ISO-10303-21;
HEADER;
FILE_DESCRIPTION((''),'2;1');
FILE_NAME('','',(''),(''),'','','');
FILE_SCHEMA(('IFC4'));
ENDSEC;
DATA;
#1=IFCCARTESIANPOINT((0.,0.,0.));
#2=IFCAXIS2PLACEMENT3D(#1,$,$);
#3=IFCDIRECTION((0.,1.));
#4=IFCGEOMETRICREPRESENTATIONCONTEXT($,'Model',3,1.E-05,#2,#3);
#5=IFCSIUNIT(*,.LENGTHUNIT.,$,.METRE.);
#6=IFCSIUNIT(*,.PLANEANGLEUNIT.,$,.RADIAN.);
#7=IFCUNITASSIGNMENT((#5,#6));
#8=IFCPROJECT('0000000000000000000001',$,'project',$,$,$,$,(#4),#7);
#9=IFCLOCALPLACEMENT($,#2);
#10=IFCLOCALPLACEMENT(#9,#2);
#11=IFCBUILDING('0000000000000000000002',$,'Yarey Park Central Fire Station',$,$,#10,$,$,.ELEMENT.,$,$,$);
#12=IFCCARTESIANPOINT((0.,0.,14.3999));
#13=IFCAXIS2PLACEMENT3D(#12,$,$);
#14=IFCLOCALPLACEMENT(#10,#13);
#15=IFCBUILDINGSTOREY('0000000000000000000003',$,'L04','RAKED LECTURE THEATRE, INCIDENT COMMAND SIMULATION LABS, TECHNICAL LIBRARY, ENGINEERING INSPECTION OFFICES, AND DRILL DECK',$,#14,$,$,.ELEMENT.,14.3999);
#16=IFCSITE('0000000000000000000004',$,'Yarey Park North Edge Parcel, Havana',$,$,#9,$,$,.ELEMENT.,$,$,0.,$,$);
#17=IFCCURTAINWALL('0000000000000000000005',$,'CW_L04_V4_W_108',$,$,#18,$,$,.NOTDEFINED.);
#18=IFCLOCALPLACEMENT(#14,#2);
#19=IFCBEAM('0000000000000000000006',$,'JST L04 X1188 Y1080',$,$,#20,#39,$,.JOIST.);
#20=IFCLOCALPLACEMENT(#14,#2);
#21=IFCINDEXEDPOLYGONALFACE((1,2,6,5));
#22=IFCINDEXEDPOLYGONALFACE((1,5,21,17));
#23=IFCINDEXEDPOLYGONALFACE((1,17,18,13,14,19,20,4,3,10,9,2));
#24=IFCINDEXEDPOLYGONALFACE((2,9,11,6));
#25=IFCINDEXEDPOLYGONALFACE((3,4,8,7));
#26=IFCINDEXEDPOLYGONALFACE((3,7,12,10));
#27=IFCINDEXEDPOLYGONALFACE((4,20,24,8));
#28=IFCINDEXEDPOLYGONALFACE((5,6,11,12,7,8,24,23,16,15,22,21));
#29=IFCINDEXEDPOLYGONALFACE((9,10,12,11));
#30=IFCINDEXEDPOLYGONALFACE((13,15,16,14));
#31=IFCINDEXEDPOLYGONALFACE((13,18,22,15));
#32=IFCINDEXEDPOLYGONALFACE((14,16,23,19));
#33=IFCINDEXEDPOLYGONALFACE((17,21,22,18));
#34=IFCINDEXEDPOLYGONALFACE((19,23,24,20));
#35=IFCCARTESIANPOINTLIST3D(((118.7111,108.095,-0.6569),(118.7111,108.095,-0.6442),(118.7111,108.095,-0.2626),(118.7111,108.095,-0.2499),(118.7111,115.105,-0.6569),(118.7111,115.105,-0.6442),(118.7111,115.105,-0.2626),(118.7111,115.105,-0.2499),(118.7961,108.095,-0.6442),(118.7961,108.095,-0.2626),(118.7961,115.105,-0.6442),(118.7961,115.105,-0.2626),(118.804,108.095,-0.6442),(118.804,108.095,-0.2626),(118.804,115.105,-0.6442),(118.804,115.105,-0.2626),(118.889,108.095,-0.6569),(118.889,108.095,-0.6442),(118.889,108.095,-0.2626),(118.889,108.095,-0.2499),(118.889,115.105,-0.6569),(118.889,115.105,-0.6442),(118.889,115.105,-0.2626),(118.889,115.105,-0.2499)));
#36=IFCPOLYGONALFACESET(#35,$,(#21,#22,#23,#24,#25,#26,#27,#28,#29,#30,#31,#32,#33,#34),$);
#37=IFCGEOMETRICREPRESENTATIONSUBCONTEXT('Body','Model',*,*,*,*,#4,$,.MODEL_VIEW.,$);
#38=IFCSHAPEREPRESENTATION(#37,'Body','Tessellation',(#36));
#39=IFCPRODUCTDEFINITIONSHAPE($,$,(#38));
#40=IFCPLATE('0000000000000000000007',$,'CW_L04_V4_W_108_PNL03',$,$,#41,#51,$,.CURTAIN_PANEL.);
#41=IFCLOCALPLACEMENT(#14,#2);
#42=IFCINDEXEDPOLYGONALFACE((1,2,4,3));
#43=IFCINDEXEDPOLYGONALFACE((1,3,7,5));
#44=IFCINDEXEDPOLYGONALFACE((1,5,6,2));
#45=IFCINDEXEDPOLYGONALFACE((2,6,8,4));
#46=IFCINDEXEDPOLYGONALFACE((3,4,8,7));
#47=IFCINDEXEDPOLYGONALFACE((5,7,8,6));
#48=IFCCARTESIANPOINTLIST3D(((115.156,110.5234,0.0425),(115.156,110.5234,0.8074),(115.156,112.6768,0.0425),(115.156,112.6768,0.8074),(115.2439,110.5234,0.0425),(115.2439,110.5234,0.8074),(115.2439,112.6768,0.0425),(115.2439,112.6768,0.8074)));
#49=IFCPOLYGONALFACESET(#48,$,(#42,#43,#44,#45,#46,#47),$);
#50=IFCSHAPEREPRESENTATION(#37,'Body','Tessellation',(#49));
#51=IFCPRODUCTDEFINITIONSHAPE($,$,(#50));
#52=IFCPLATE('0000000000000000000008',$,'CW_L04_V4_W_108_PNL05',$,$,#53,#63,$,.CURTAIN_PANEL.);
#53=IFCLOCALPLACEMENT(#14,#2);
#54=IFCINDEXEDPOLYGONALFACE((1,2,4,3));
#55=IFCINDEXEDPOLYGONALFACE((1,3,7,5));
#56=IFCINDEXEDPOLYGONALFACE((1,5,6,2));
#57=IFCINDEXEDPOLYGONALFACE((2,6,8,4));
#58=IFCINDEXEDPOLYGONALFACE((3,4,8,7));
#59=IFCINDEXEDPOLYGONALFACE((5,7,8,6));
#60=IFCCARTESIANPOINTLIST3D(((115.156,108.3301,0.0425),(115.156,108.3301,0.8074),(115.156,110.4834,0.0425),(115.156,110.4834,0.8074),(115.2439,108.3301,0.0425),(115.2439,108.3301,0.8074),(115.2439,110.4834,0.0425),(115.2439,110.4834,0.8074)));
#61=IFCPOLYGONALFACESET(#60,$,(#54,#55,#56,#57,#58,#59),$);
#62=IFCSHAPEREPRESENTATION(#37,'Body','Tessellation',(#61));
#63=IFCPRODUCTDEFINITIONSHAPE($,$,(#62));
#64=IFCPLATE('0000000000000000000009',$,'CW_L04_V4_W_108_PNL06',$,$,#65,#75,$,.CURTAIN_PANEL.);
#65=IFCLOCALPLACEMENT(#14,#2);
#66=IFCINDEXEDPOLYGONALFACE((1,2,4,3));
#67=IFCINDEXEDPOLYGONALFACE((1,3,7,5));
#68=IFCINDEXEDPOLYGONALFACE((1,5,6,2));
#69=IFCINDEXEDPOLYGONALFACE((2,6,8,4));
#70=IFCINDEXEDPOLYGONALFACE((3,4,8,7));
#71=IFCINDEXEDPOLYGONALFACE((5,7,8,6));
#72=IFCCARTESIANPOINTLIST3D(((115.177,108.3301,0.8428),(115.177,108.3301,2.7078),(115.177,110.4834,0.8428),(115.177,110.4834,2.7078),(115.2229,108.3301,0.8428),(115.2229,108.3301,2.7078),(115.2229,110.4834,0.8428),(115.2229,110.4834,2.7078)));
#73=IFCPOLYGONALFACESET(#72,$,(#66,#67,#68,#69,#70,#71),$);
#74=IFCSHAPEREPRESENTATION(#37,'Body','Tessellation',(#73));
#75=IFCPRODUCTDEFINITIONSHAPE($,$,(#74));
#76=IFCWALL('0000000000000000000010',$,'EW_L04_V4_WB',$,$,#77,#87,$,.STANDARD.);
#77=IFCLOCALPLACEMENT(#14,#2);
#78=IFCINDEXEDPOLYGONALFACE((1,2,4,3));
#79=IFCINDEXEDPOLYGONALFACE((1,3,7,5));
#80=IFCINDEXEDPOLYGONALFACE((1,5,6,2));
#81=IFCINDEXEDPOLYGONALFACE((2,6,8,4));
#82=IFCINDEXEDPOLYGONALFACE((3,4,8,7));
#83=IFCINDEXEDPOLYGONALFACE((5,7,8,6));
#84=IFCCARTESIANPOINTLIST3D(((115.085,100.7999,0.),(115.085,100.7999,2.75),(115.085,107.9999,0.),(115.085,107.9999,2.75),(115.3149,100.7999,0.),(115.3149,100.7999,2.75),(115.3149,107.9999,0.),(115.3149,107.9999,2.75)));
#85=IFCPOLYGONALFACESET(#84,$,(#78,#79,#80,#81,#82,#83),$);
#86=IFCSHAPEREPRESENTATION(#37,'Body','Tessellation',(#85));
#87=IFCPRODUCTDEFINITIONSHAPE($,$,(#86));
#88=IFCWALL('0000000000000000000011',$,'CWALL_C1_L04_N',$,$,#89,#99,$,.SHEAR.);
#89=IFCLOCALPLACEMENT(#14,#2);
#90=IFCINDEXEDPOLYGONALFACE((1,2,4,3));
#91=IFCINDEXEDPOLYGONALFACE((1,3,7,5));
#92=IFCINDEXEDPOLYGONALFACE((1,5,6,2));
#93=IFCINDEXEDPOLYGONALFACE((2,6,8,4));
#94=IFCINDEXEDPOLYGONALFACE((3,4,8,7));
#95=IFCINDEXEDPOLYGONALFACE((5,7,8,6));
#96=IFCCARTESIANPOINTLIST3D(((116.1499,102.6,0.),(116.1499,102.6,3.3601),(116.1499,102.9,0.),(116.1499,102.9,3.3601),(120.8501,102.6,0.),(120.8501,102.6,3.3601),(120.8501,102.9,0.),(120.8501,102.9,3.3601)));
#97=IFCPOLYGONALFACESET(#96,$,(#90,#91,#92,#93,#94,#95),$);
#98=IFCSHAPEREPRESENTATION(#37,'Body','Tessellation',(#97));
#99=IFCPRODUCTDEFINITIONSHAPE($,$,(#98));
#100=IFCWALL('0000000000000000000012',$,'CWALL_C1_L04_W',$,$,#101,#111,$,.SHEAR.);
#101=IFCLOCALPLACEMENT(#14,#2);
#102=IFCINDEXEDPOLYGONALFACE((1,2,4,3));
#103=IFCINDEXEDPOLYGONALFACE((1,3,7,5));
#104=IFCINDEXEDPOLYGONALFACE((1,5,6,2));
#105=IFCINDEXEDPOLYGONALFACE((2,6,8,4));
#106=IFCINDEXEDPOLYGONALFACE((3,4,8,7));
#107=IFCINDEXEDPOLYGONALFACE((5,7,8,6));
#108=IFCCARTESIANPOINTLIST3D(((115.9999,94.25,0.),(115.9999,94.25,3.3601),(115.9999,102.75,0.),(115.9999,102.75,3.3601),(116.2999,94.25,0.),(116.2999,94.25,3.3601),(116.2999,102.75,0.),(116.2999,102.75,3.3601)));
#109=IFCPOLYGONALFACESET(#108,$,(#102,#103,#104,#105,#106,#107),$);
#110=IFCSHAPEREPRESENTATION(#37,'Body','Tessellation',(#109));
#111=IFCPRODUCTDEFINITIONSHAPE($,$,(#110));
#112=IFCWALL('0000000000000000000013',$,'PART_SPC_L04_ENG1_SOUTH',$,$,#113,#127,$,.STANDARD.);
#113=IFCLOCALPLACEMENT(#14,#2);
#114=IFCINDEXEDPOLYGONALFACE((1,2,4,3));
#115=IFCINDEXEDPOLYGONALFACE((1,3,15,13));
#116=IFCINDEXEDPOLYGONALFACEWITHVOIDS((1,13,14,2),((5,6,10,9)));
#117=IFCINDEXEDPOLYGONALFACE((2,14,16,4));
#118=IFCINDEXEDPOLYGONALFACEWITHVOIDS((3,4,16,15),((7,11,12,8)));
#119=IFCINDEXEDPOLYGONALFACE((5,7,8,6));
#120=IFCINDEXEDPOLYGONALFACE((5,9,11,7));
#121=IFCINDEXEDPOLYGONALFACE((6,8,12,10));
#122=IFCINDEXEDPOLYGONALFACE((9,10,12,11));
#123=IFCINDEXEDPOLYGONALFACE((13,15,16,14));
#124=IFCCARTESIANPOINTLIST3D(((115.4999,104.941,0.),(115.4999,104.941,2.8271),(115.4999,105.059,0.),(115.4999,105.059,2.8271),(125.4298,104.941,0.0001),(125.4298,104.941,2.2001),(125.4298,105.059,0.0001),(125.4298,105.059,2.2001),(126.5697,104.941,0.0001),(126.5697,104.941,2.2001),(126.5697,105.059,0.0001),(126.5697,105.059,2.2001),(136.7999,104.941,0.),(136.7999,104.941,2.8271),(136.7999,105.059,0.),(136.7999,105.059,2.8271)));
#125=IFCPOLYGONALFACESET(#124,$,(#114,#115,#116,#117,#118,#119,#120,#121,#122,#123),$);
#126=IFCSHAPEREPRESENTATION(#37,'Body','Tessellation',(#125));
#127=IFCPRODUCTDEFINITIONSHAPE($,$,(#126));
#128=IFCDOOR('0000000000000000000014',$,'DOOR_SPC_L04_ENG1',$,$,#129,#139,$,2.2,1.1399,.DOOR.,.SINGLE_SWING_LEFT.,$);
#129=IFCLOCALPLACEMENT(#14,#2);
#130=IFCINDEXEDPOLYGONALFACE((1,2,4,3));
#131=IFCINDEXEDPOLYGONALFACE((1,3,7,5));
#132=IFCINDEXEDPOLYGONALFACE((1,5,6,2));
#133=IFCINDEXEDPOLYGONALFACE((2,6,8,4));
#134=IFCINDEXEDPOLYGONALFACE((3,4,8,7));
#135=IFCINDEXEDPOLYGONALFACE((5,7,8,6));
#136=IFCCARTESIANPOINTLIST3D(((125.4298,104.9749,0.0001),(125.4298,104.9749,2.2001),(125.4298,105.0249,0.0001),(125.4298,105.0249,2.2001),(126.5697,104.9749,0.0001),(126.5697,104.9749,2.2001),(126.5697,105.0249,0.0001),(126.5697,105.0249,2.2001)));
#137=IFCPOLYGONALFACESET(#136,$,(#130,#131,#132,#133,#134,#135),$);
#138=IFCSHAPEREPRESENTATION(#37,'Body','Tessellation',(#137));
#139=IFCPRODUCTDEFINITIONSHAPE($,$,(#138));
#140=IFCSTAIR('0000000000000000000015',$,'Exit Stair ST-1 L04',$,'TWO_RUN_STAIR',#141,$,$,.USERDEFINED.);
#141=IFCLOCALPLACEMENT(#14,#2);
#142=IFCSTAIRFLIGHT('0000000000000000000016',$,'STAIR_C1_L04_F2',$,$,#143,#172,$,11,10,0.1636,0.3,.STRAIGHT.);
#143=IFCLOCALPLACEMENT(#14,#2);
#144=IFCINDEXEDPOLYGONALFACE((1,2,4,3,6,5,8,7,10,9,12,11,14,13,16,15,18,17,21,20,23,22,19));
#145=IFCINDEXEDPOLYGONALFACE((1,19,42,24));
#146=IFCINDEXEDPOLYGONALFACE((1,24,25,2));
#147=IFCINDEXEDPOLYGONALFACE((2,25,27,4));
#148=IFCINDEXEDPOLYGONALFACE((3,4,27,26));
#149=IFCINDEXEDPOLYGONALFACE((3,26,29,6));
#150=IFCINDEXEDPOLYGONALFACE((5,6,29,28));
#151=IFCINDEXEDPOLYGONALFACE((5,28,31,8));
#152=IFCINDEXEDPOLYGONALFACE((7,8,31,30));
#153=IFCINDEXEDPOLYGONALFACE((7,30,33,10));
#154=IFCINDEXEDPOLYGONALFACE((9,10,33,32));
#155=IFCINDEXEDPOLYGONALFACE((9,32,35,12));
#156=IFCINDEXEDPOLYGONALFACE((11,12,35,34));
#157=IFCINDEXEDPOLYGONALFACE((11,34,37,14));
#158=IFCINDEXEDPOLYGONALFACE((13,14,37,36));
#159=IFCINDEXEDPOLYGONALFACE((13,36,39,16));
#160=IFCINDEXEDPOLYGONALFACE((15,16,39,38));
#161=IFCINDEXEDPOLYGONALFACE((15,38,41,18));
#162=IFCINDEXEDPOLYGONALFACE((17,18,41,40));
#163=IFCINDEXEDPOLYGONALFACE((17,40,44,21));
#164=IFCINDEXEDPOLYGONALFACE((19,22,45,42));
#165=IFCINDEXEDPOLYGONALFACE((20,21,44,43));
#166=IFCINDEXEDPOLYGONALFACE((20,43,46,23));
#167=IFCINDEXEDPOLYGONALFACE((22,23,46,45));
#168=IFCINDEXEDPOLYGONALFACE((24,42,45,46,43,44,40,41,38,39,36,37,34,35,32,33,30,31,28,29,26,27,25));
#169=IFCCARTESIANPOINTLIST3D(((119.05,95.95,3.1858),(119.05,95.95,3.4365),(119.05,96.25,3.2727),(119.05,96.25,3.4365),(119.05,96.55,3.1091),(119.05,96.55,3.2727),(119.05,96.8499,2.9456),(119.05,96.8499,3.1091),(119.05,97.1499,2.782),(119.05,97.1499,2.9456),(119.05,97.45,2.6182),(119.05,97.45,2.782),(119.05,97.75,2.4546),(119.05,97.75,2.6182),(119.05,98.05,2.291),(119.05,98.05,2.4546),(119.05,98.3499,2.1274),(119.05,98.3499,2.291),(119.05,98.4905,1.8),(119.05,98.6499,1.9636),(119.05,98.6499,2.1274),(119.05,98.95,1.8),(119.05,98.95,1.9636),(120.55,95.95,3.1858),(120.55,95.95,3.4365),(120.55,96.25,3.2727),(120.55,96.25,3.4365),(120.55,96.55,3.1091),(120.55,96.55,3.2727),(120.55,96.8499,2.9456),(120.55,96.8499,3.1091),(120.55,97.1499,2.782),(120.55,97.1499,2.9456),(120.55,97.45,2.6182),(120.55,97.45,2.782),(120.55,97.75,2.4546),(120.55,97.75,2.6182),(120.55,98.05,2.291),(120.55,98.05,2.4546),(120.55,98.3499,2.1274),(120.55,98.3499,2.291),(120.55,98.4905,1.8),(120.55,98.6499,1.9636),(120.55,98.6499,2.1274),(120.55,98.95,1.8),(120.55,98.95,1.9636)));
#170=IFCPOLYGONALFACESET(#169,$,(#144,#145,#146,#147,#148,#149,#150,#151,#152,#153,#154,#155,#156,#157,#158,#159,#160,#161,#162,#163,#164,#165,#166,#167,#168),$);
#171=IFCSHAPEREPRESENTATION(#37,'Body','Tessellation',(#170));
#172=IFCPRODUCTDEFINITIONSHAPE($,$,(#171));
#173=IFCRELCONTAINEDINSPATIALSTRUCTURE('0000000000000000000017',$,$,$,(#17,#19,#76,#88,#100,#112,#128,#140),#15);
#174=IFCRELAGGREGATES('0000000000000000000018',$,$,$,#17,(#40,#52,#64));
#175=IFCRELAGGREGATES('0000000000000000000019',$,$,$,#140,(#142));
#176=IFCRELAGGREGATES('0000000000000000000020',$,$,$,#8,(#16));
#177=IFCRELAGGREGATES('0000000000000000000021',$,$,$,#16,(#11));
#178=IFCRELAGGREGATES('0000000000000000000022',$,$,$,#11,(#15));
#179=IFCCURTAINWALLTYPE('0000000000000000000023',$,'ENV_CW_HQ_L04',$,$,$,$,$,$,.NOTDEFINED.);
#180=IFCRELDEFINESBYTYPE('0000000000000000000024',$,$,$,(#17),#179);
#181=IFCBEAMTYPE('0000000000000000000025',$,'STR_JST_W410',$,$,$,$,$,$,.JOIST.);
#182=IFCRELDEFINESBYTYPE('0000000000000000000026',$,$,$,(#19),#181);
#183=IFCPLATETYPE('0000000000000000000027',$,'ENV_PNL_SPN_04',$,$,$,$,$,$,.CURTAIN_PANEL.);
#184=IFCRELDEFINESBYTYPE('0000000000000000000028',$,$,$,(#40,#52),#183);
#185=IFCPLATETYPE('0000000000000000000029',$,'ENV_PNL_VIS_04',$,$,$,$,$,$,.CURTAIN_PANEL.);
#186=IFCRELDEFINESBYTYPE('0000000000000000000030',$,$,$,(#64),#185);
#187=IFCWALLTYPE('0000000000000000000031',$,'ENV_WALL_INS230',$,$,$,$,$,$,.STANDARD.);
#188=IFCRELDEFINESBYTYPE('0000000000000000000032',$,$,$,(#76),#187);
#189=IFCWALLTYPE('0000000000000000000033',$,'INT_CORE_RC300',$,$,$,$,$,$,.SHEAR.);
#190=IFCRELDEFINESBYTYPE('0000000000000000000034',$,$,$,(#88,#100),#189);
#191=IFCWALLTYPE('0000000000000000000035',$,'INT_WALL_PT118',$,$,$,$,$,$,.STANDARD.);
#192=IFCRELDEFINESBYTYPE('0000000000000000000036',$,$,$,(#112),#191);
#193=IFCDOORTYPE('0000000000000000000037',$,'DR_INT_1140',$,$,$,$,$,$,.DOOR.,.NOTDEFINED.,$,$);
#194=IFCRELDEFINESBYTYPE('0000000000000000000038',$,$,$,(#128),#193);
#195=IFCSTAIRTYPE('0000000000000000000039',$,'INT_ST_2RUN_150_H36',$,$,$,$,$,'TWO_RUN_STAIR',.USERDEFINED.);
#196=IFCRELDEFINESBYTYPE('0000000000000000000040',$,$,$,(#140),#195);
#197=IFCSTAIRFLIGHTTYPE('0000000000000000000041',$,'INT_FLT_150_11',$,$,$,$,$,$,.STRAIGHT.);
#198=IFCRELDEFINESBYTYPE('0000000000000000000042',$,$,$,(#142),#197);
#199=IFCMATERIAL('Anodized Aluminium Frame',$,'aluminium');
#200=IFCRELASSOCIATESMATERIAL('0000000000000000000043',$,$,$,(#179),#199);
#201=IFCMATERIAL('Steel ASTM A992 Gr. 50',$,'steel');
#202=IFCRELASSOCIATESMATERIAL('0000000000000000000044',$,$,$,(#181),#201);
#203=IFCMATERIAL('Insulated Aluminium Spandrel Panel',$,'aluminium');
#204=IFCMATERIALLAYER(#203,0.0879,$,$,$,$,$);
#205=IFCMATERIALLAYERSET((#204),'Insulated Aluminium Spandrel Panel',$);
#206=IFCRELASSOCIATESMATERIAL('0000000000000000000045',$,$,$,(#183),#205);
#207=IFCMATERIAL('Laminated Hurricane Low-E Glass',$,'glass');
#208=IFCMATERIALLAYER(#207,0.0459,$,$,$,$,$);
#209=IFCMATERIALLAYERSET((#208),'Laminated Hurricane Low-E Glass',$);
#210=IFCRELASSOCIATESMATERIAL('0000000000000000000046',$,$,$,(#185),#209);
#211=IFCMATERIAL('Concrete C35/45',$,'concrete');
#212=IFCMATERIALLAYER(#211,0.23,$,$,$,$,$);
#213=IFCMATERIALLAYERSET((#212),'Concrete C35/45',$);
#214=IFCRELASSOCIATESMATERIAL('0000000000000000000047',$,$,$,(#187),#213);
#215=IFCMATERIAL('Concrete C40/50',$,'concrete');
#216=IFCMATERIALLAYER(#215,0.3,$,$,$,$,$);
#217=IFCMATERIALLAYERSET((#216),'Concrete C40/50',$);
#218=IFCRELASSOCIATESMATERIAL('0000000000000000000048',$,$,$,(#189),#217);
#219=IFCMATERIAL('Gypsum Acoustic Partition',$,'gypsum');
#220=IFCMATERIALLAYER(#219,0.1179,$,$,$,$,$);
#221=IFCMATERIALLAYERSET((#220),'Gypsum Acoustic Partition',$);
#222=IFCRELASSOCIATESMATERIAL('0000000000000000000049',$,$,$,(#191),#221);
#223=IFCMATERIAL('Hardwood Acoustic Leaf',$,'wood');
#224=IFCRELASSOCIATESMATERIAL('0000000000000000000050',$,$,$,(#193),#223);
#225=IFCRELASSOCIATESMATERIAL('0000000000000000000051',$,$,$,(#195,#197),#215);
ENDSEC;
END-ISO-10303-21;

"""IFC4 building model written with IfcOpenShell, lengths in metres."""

from ifc_helpers import new_model, si_unit, direction, frame, frame_2d, origin, origin_2d, place, context, subcontext, project, spatial, polyline, rectangle, i_section, outline, extrude, material, layer, layer_set, material_profile, profile_set, type_object, element, fill, aggregate, save


model = new_model("IFC4")

# Units and contexts
model_context = context("Model", 3, precision=1e-05, world=origin(), true_north=direction((0.0, 1.0)))
body_context = subcontext(model_context, "Body", "Model", "MODEL_VIEW")
ifc_project = project(units=[si_unit("LENGTHUNIT", "METRE"), si_unit("PLANEANGLEUNIT", "RADIAN")], contexts=[model_context])

# Site, building, storey
site_placement = place(None, origin())
site = spatial("IfcSite", under=ifc_project, at=site_placement, Name="Yarey Park North Edge Parcel, Havana", CompositionType="ELEMENT", RefElevation=0.0)
building_placement = place(site_placement, origin())
building = spatial("IfcBuilding", under=site, at=building_placement, Name="Yarey Park Central Fire Station", CompositionType="ELEMENT")
storey_placement = place(building_placement, frame((0.0, 0.0, 14.3999)))
storey = spatial("IfcBuildingStorey", under=building, at=storey_placement, Name="L04", Description="RAKED LECTURE THEATRE, INCIDENT COMMAND SIMULATION LABS, TECHNICAL LIBRARY, ENGINEERING INSPECTION OFFICES, AND DRILL DECK", CompositionType="ELEMENT", Elevation=14.3999)

# Shared definitions
ifc_material_1 = material(Name="Concrete C40/50", Category="concrete")

# Curtain wall
ifc_material_2 = material(Name="Anodized Aluminium Frame", Category="aluminium")
curtain_wall_type = type_object("IfcCurtainWallType", Name="ENV_CW_HQ_L04", PredefinedType="NOTDEFINED", material=ifc_material_2)
curtain_wall_placement = place(storey_placement, origin())
curtain_wall = element("IfcCurtainWall", 1, at=curtain_wall_placement, inside=storey, type_object=curtain_wall_type, Name="CW_L04_V4_W_108", PredefinedType="NOTDEFINED")

# Shared definitions
ifc_material_3 = material(Name="Steel ASTM A992 Gr. 50", Category="steel")

# Beam
ifc_material_profile_1 = material_profile(ifc_material_3, i_section(OverallWidth=0.178, OverallDepth=0.407, WebThickness=0.0078, FlangeThickness=0.0127, at=origin_2d()), Name="W410x60")
ifc_profile_set_1 = profile_set([ifc_material_profile_1], Name="Steel ASTM A992 Gr. 50")
beam_type_1 = type_object("IfcBeamType", Name="STR_JST_W410", PredefinedType="JOIST", material=ifc_profile_set_1)
beam_1_placement = place(storey_placement, frame((118.8, 108.095, -0.4534), z_axis=(0.0, 1.0, 0.0), x_axis=(-1.0, 0.0, 0.0)))
element("IfcBeam", 2, at=beam_1_placement, inside=storey, type_object=beam_type_1, Name="JST L04 X1188 Y1080", PredefinedType="JOIST", context=body_context, shape_type="SweptSolid", body=[
    extrude(i_section(OverallWidth=0.178, OverallDepth=0.407, WebThickness=0.0078, FlangeThickness=0.0127, at=origin_2d()), origin(), (0.0, 0.0, 1.0), 7.01),
])

# Plates
ifc_material_4 = material(Name="Insulated Aluminium Spandrel Panel", Category="aluminium")
ifc_layer_1 = layer(ifc_material_4, 0.0879)
ifc_layer_set_1 = layer_set([ifc_layer_1], Name="Insulated Aluminium Spandrel Panel")
plate_type_1 = type_object("IfcPlateType", Name="ENV_PNL_SPN_04", PredefinedType="CURTAIN_PANEL", material=ifc_layer_set_1)
plate_1_placement = place(storey_placement, frame((115.2, 111.6001, 0.0425), z_axis=(0.0, 0.0, 1.0), x_axis=(0.0, -1.0, 0.0)))
plate_1 = element("IfcPlate", 3, at=plate_1_placement, type_object=plate_type_1, Name="CW_L04_V4_W_108_PNL03", PredefinedType="CURTAIN_PANEL", context=body_context, shape_type="SweptSolid", body=[
    extrude(rectangle(XDim=2.1533, YDim=0.0879, at=origin_2d()), origin(), (0.0, 0.0, 1.0), 0.7649),
])
plate_2_placement = place(storey_placement, frame((115.2, 109.4067, 0.0425), z_axis=(0.0, 0.0, 1.0), x_axis=(0.0, -1.0, 0.0)))
plate_2 = element("IfcPlate", 4, at=plate_2_placement, type_object=plate_type_1, Name="CW_L04_V4_W_108_PNL05", PredefinedType="CURTAIN_PANEL", context=body_context, shape_type="SweptSolid", body=[
    extrude(rectangle(XDim=2.1533, YDim=0.0879, at=origin_2d()), origin(), (0.0, 0.0, 1.0), 0.7649),
])
ifc_material_5 = material(Name="Laminated Hurricane Low-E Glass", Category="glass")
ifc_layer_2 = layer(ifc_material_5, 0.0459)
ifc_layer_set_2 = layer_set([ifc_layer_2], Name="Laminated Hurricane Low-E Glass")
plate_type_2 = type_object("IfcPlateType", Name="ENV_PNL_VIS_04", PredefinedType="CURTAIN_PANEL", material=ifc_layer_set_2)
plate_3_placement = place(storey_placement, frame((115.2, 109.4067, 0.8428), z_axis=(0.0, 0.0, 1.0), x_axis=(0.0, -1.0, 0.0)))
plate_3 = element("IfcPlate", 5, at=plate_3_placement, type_object=plate_type_2, Name="CW_L04_V4_W_108_PNL06", PredefinedType="CURTAIN_PANEL", context=body_context, shape_type="SweptSolid", body=[
    extrude(rectangle(XDim=2.1533, YDim=0.0459, at=origin_2d()), origin(), (0.0, 0.0, 1.0), 1.865),
])
aggregate(curtain_wall, [plate_1, plate_2, plate_3])

# Walls
ifc_material_6 = material(Name="Concrete C35/45", Category="concrete")
ifc_layer_3 = layer(ifc_material_6, 0.23)
ifc_layer_set_3 = layer_set([ifc_layer_3], Name="Concrete C35/45")
wall_type_1 = type_object("IfcWallType", Name="ENV_WALL_INS230", PredefinedType="STANDARD", material=ifc_layer_set_3)
wall_1_placement = place(storey_placement, frame((115.2, 108.0, 0.0), z_axis=(0.0, 0.0, 1.0), x_axis=(0.0, -1.0, 0.0)))
element("IfcWall", 6, at=wall_1_placement, inside=storey, type_object=wall_type_1, Name="EW_L04_V4_WB", PredefinedType="STANDARD", context=body_context, shape_type="SweptSolid", body=[
    extrude(rectangle(XDim=7.2, YDim=0.23, at=frame_2d((3.6001, 0.0))), origin(), (0.0, 0.0, 1.0), 2.75),
])
ifc_layer_4 = layer(ifc_material_1, 0.3)
ifc_layer_set_4 = layer_set([ifc_layer_4], Name="Concrete C40/50")
wall_type_2 = type_object("IfcWallType", Name="INT_CORE_RC300", PredefinedType="SHEAR", material=ifc_layer_set_4)
wall_2_placement = place(storey_placement, frame((120.8501, 102.75, 0.0), z_axis=(0.0, 0.0, 1.0), x_axis=(-1.0, 0.0, 0.0)))
element("IfcWall", 7, at=wall_2_placement, inside=storey, type_object=wall_type_2, Name="CWALL_C1_L04_N", PredefinedType="SHEAR", context=body_context, shape_type="SweptSolid", body=[
    extrude(rectangle(XDim=4.7002, YDim=0.3, at=frame_2d((2.3501, 0.0))), origin(), (0.0, 0.0, 1.0), 3.3601),
])
wall_3_placement = place(storey_placement, frame((116.1499, 102.75, 0.0), z_axis=(0.0, 0.0, 1.0), x_axis=(0.0, -1.0, 0.0)))
element("IfcWall", 8, at=wall_3_placement, inside=storey, type_object=wall_type_2, Name="CWALL_C1_L04_W", PredefinedType="SHEAR", context=body_context, shape_type="SweptSolid", body=[
    extrude(rectangle(XDim=8.5, YDim=0.3, at=frame_2d((4.25, 0.0))), origin(), (0.0, 0.0, 1.0), 3.3601),
])

# Wall, opening, door
ifc_material_7 = material(Name="Gypsum Acoustic Partition", Category="gypsum")
ifc_layer_5 = layer(ifc_material_7, 0.1179)
ifc_layer_set_5 = layer_set([ifc_layer_5], Name="Gypsum Acoustic Partition")
wall_type_3 = type_object("IfcWallType", Name="INT_WALL_PT118", PredefinedType="STANDARD", material=ifc_layer_set_5)
wall_4_placement = place(storey_placement, frame((115.5, 105.0, 0.0), z_axis=(0.0, 0.0, 1.0), x_axis=(1.0, 0.0, 0.0)))
wall_4 = element("IfcWall", 9, at=wall_4_placement, inside=storey, type_object=wall_type_3, Name="PART_SPC_L04_ENG1_SOUTH", PredefinedType="STANDARD", context=body_context, shape_type="SweptSolid", body=[
    extrude(rectangle(XDim=21.3, YDim=0.1179, at=frame_2d((10.6499, 0.0))), origin(), (0.0, 0.0, 1.0), 2.8271),
])
opening_placement = place(wall_4_placement, frame((9.9299, 0.0, 0.0)))
opening = element("IfcOpeningElement", 10, at=opening_placement, cuts=wall_4, PredefinedType="OPENING", context=body_context, shape_type="SweptSolid", body=[
    extrude(rectangle(XDim=1.1399, YDim=2.2, at=frame_2d((0.5698, 1.1001))), frame((0.0, 0.0688, 0.0), z_axis=(0.0, -1.0, 0.0), x_axis=(1.0, 0.0, 0.0)), (0.0, 0.0, 1.0), 0.1379),
])
ifc_material_8 = material(Name="Hardwood Acoustic Leaf", Category="wood")
door_type = type_object("IfcDoorType", Name="DR_INT_1140", OperationType="NOTDEFINED", PredefinedType="DOOR", material=ifc_material_8)
door_placement = place(opening_placement, origin())
door = element("IfcDoor", 11, at=door_placement, inside=storey, type_object=door_type, Name="DOOR_SPC_L04_ENG1", OperationType="SINGLE_SWING_LEFT", OverallHeight=2.2, OverallWidth=1.1399, PredefinedType="DOOR", context=body_context, shape_type="SweptSolid", body=[
    extrude(rectangle(XDim=1.1399, YDim=2.2, at=frame_2d((0.5698, 1.1001))), frame((0.0, 0.0249, 0.0), z_axis=(0.0, -1.0, 0.0), x_axis=(1.0, 0.0, 0.0)), (0.0, 0.0, 1.0), 0.05),
])
fill(opening, door)

# Stair, stair flight
stair_type = type_object("IfcStairType", Name="INT_ST_2RUN_150_H36", ElementType="TWO_RUN_STAIR", PredefinedType="USERDEFINED", material=ifc_material_1)
stair_placement = place(storey_placement, origin())
stair = element("IfcStair", 12, at=stair_placement, inside=storey, type_object=stair_type, Name="Exit Stair ST-1 L04", ObjectType="TWO_RUN_STAIR", PredefinedType="USERDEFINED")
stair_flight_type = type_object("IfcStairFlightType", Name="INT_FLT_150_11", PredefinedType="STRAIGHT", material=ifc_material_1)
stair_flight_placement = place(storey_placement, frame((119.8, 98.95, 1.8), z_axis=(0.0, 0.0, 1.0), x_axis=(0.0, -1.0, 0.0)))
stair_flight = element("IfcStairFlight", 13, at=stair_flight_placement, type_object=stair_flight_type, Name="STAIR_C1_L04_F2", NumberOfRisers=11, NumberOfTreads=10, PredefinedType="STRAIGHT", RiserHeight=0.1636, TreadLength=0.3, context=body_context, shape_type="SweptSolid", body=[
    extrude(outline(polyline([(0.0, 0.0), (0.0, 0.1636), (0.3, 0.1636), (0.3, 0.3274), (0.6001, 0.3274), (0.6001, 0.491), (0.8999, 0.491), (0.8999, 0.6545), (1.2, 0.6545), (1.2, 0.8181), (1.5, 0.8181), (1.5, 0.9819), (1.8, 0.9819), (1.8, 1.1455), (2.1001, 1.1455), (2.1001, 1.3091), (2.3999, 1.3091), (2.3999, 1.4727), (2.7, 1.4727), (2.7, 1.6365), (3.0, 1.6365), (3.0, 1.8), (3.0, 1.3857), (0.4595, 0.0), (0.0, 0.0)])), frame((0.0, 0.75, 0.0), z_axis=(0.0, -1.0, 0.0), x_axis=(1.0, 0.0, 0.0)), (0.0, 0.0, 1.0), 1.5),
])
aggregate(stair, [stair_flight])

save(model, "model.ifc")
